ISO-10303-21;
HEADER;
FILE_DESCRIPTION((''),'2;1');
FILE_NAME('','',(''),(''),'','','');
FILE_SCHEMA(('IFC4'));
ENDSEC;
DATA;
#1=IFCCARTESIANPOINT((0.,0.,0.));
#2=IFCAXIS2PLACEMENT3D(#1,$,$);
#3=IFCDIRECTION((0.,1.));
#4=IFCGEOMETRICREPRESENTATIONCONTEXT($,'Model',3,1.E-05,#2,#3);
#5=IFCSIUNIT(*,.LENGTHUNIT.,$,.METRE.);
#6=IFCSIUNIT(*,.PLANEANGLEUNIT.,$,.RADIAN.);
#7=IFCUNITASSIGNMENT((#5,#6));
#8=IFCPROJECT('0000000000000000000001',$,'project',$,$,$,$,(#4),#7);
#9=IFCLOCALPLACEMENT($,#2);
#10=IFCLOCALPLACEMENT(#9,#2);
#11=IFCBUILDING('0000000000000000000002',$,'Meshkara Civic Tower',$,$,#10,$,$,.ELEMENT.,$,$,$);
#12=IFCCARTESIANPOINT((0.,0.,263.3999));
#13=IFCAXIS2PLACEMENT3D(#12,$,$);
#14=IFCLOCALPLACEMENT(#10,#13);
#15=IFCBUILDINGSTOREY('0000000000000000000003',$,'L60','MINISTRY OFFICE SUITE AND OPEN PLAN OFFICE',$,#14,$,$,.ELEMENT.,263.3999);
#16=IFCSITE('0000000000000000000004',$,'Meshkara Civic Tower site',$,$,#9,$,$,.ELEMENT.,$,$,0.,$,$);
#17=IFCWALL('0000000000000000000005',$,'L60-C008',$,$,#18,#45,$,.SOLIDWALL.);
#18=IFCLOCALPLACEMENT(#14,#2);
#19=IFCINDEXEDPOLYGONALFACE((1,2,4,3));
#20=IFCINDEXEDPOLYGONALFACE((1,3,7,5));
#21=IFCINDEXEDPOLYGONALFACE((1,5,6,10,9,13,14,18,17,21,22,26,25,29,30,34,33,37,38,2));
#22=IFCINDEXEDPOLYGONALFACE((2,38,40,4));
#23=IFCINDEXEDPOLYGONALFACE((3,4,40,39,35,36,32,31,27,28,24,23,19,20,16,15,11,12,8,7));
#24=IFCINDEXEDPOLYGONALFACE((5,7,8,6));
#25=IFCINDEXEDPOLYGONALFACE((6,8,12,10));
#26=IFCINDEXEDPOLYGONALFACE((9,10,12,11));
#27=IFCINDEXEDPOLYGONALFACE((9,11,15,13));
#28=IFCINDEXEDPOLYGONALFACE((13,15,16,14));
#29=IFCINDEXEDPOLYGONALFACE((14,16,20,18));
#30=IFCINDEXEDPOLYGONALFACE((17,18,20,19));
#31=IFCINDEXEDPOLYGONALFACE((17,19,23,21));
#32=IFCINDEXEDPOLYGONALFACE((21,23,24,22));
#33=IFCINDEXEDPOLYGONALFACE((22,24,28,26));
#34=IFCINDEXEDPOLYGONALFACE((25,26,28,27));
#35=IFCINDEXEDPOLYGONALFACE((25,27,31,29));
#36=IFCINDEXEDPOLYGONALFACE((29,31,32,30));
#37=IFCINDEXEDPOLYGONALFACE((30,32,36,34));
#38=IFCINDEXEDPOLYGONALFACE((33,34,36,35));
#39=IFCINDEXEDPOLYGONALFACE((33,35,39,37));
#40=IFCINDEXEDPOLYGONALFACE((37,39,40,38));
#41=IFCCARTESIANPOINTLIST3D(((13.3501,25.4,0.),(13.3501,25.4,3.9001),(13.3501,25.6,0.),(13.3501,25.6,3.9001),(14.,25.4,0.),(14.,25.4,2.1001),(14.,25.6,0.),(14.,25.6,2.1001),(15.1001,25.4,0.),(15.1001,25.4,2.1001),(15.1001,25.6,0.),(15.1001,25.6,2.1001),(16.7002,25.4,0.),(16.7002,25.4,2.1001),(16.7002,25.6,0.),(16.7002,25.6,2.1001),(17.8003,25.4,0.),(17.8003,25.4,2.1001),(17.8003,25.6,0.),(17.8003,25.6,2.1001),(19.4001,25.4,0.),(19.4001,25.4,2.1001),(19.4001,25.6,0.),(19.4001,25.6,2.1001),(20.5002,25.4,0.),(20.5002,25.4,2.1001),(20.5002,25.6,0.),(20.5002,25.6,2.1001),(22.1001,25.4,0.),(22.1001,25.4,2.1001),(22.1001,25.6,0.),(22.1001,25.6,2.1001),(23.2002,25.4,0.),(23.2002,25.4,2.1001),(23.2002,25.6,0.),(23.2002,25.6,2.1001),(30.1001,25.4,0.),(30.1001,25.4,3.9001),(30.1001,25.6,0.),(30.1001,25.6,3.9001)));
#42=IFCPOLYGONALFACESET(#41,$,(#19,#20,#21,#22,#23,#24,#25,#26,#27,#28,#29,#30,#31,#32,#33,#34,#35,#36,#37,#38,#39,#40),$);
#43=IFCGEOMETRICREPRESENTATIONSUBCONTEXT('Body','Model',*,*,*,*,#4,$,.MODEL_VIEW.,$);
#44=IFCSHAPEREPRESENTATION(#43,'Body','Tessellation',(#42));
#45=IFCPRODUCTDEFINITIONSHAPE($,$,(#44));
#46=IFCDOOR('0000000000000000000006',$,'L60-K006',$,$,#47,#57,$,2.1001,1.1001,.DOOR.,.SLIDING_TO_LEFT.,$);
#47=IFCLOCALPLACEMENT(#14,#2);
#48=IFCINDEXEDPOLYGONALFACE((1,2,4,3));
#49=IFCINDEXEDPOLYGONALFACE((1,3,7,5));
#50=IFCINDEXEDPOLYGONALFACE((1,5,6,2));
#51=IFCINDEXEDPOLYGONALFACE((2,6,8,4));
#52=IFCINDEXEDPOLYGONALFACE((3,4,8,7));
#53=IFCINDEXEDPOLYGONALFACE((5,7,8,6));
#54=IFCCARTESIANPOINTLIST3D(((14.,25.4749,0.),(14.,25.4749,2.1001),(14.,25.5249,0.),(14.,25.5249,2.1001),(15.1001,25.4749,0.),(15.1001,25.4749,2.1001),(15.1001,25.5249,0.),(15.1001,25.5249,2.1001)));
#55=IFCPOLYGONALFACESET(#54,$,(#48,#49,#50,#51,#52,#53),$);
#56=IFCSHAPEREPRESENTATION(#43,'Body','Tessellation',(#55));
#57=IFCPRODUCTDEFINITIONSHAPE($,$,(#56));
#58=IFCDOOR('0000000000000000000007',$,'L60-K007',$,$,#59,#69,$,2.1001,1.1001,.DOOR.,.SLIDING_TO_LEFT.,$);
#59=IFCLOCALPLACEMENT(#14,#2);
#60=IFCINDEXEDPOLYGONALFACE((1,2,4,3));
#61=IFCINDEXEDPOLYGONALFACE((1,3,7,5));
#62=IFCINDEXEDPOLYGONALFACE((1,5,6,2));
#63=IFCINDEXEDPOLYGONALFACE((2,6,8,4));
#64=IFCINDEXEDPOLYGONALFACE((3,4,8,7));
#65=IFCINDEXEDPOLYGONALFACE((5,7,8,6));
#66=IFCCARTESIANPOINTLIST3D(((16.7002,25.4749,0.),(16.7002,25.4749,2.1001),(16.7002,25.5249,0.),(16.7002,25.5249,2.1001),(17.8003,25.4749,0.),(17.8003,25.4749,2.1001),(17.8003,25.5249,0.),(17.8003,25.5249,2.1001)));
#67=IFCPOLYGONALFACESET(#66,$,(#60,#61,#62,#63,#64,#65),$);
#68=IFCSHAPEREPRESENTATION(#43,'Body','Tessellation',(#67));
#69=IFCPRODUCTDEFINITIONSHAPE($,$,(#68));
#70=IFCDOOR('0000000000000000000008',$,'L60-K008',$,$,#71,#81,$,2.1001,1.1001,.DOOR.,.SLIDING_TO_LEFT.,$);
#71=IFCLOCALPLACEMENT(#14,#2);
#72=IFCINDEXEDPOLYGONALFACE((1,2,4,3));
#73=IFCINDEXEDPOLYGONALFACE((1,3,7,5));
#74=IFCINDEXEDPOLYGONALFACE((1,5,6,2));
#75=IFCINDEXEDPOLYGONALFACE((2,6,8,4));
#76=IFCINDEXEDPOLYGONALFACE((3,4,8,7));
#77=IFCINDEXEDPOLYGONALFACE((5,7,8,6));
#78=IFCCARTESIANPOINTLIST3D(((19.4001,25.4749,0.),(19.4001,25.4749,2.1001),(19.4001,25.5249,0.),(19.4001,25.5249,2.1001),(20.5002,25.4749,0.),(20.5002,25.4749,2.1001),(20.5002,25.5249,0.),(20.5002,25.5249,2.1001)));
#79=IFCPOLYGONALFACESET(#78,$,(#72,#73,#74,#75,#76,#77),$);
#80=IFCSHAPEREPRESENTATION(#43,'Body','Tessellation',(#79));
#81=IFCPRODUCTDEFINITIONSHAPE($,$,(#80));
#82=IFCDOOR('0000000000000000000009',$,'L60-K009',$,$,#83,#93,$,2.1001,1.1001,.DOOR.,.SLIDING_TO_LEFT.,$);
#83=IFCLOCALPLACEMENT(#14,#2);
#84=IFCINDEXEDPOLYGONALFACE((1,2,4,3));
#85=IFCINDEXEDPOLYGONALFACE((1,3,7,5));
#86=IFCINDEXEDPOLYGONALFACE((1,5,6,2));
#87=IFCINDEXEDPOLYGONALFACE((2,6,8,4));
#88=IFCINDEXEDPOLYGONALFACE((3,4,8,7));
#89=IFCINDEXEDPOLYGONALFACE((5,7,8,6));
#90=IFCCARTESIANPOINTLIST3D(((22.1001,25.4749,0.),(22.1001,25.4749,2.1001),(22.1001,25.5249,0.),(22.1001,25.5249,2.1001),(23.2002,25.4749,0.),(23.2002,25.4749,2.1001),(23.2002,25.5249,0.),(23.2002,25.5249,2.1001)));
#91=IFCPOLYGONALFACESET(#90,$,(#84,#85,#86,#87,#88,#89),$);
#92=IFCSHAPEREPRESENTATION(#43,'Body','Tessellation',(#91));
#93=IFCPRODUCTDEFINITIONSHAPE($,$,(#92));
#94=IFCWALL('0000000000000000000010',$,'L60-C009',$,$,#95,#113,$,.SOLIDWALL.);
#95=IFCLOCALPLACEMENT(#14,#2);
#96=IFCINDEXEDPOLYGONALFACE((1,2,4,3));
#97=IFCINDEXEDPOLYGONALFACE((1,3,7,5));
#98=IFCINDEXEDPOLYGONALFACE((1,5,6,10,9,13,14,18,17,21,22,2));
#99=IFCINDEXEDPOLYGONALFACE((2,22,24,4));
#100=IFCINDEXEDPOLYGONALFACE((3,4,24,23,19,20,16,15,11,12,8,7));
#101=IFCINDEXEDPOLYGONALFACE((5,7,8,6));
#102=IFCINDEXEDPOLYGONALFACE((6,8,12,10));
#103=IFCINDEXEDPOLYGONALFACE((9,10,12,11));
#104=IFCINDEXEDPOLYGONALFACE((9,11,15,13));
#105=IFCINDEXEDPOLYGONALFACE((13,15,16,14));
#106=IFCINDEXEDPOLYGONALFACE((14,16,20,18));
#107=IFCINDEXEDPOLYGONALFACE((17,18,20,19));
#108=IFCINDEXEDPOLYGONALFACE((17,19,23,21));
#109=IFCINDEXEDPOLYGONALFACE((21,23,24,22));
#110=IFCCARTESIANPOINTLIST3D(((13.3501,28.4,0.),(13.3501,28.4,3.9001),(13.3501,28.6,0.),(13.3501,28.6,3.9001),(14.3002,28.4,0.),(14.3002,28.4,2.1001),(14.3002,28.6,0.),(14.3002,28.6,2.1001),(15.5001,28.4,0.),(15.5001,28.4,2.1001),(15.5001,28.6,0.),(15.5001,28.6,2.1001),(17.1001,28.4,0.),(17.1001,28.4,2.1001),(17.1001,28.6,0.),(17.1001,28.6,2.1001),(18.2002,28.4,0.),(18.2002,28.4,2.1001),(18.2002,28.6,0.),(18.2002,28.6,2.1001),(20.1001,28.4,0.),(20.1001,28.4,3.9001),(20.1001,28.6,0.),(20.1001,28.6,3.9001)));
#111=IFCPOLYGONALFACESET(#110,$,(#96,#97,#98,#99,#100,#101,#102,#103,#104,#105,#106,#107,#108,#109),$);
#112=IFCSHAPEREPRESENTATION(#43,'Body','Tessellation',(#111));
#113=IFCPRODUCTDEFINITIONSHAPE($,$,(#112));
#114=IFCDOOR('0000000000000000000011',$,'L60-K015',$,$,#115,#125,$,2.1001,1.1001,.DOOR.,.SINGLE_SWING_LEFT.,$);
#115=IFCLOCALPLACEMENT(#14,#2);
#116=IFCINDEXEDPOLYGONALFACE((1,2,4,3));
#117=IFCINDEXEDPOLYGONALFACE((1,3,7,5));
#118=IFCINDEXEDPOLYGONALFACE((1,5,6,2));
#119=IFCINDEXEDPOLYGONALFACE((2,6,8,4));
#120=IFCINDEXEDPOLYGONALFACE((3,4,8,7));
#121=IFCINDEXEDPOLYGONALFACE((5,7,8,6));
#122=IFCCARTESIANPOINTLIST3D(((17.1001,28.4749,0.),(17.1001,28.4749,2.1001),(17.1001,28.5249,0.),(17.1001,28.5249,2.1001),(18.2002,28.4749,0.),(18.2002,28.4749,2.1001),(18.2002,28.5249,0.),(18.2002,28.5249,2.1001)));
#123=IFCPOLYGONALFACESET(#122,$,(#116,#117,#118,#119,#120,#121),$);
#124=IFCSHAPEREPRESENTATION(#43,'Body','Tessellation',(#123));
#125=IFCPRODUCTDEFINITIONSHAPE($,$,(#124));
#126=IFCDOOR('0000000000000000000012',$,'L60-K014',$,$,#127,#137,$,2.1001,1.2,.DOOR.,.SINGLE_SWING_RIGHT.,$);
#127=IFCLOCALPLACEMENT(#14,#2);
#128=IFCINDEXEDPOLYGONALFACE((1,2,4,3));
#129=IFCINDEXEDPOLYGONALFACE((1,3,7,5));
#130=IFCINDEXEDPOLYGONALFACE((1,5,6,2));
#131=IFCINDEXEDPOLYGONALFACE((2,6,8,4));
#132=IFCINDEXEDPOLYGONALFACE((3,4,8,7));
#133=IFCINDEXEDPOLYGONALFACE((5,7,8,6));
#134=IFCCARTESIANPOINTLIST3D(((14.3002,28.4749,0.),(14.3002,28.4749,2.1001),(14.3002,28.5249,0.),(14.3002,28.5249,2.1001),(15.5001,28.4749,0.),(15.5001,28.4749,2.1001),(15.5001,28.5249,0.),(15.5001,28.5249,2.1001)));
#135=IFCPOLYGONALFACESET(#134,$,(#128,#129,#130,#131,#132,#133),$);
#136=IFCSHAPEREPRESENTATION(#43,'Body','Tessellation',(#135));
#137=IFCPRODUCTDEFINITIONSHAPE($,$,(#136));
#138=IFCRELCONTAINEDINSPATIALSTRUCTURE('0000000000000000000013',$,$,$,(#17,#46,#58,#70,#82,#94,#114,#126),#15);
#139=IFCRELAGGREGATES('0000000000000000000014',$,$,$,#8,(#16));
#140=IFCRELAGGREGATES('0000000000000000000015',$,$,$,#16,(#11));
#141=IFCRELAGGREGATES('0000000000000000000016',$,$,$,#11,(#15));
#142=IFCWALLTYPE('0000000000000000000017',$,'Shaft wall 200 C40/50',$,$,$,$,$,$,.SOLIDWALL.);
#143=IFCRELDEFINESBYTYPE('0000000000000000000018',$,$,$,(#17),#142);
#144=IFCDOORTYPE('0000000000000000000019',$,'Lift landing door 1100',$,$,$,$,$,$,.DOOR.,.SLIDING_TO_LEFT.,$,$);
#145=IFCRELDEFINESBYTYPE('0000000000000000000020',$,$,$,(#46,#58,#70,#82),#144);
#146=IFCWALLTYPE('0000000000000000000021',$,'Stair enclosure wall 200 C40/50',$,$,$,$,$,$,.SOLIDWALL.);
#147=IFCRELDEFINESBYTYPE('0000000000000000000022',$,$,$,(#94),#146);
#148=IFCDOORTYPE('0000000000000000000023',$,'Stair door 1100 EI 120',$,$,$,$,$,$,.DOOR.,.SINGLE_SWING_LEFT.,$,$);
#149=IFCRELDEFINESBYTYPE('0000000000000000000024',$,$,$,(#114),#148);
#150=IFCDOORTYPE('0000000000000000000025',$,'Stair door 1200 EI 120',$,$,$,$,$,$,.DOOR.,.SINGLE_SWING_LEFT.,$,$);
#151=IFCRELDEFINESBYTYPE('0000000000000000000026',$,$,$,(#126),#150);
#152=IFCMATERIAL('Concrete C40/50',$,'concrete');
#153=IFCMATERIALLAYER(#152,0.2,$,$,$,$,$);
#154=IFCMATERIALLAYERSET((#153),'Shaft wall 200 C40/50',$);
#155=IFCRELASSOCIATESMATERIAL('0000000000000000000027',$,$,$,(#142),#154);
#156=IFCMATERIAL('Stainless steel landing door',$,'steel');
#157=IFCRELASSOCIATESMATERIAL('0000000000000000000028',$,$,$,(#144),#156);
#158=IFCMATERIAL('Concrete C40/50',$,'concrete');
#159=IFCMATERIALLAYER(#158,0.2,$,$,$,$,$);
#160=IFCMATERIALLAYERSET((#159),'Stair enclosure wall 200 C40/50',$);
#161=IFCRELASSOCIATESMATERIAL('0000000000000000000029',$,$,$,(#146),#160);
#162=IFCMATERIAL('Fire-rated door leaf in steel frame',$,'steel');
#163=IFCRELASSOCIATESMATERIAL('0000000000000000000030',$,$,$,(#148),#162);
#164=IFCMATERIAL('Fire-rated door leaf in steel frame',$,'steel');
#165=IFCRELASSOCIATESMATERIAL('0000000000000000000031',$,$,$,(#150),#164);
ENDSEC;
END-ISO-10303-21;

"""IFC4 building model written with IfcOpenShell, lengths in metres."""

from ifc_helpers import new_model, si_unit, direction, frame, frame_2d, origin, place, context, subcontext, project, spatial, rectangle, extrude, material, layer, layer_set, type_object, element, fill, save


model = new_model("IFC4")

# Units and contexts
model_context = context("Model", 3, precision=1e-05, world=origin(), true_north=direction((0.0, 1.0)))
body_context = subcontext(model_context, "Body", "Model", "MODEL_VIEW")
ifc_project = project(units=[si_unit("LENGTHUNIT", "METRE"), si_unit("PLANEANGLEUNIT", "RADIAN")], contexts=[model_context])

# Site, building, storey
site_placement = place(None, origin())
site = spatial("IfcSite", under=ifc_project, at=site_placement, Name="Meshkara Civic Tower site", CompositionType="ELEMENT", RefElevation=0.0)
building_placement = place(site_placement, origin())
building = spatial("IfcBuilding", under=site, at=building_placement, Name="Meshkara Civic Tower", CompositionType="ELEMENT")
storey_placement = place(building_placement, frame((0.0, 0.0, 263.3999)))
storey = spatial("IfcBuildingStorey", under=building, at=storey_placement, Name="L60", Description="MINISTRY OFFICE SUITE AND OPEN PLAN OFFICE", CompositionType="ELEMENT", Elevation=263.3999)

# Walls, openings, doors
ifc_material_1 = material(Name="Concrete C40/50", Category="concrete")
ifc_layer_1 = layer(ifc_material_1, 0.2)
ifc_layer_set_1 = layer_set([ifc_layer_1], Name="Shaft wall 200 C40/50")
wall_type_1 = type_object("IfcWallType", Name="Shaft wall 200 C40/50", PredefinedType="SOLIDWALL", material=ifc_layer_set_1)
wall_1_placement = place(storey_placement, frame((13.3501, 25.5, 0.0), z_axis=(0.0, 0.0, 1.0), x_axis=(1.0, 0.0, 0.0)))
wall_1 = element("IfcWall", 1, at=wall_1_placement, inside=storey, type_object=wall_type_1, Name="L60-C008", PredefinedType="SOLIDWALL", context=body_context, shape_type="SweptSolid", body=[
    extrude(rectangle(XDim=16.75, YDim=0.2, at=frame_2d((8.375, 0.0))), origin(), (0.0, 0.0, 1.0), 3.9001),
])
opening_1_placement = place(wall_1_placement, frame((0.6499, 0.0, 0.0)))
opening_1 = element("IfcOpeningElement", 2, at=opening_1_placement, cuts=wall_1, PredefinedType="OPENING", context=body_context, shape_type="SweptSolid", body=[
    extrude(rectangle(XDim=1.1001, YDim=2.1001, at=frame_2d((0.55, 1.05))), frame((0.0, 0.1099, 0.0), z_axis=(0.0, -1.0, 0.0), x_axis=(1.0, 0.0, 0.0)), (0.0, 0.0, 1.0), 0.22),
])
opening_2_placement = place(wall_1_placement, frame((3.3501, 0.0, 0.0)))
opening_2 = element("IfcOpeningElement", 3, at=opening_2_placement, cuts=wall_1, PredefinedType="OPENING", context=body_context, shape_type="SweptSolid", body=[
    extrude(rectangle(XDim=1.1001, YDim=2.1001, at=frame_2d((0.55, 1.05))), frame((0.0, 0.1099, 0.0), z_axis=(0.0, -1.0, 0.0), x_axis=(1.0, 0.0, 0.0)), (0.0, 0.0, 1.0), 0.22),
])
opening_3_placement = place(wall_1_placement, frame((6.05, 0.0, 0.0)))
opening_3 = element("IfcOpeningElement", 4, at=opening_3_placement, cuts=wall_1, PredefinedType="OPENING", context=body_context, shape_type="SweptSolid", body=[
    extrude(rectangle(XDim=1.1001, YDim=2.1001, at=frame_2d((0.55, 1.05))), frame((0.0, 0.1099, 0.0), z_axis=(0.0, -1.0, 0.0), x_axis=(1.0, 0.0, 0.0)), (0.0, 0.0, 1.0), 0.22),
])
opening_4_placement = place(wall_1_placement, frame((8.75, 0.0, 0.0)))
opening_4 = element("IfcOpeningElement", 5, at=opening_4_placement, cuts=wall_1, PredefinedType="OPENING", context=body_context, shape_type="SweptSolid", body=[
    extrude(rectangle(XDim=1.1001, YDim=2.1001, at=frame_2d((0.55, 1.05))), frame((0.0, 0.1099, 0.0), z_axis=(0.0, -1.0, 0.0), x_axis=(1.0, 0.0, 0.0)), (0.0, 0.0, 1.0), 0.22),
])
ifc_material_2 = material(Name="Stainless steel landing door", Category="steel")
door_type_1 = type_object("IfcDoorType", Name="Lift landing door 1100", OperationType="SLIDING_TO_LEFT", PredefinedType="DOOR", material=ifc_material_2)
door_1_placement = place(opening_1_placement, origin())
door_1 = element("IfcDoor", 6, at=door_1_placement, inside=storey, type_object=door_type_1, Name="L60-K006", OperationType="SLIDING_TO_LEFT", OverallHeight=2.1001, OverallWidth=1.1001, PredefinedType="DOOR", context=body_context, shape_type="SweptSolid", body=[
    extrude(rectangle(XDim=1.1001, YDim=2.1001, at=frame_2d((0.55, 1.05))), frame((0.0, 0.0249, 0.0), z_axis=(0.0, -1.0, 0.0), x_axis=(1.0, 0.0, 0.0)), (0.0, 0.0, 1.0), 0.05),
])
fill(opening_1, door_1)
door_2_placement = place(opening_2_placement, origin())
door_2 = element("IfcDoor", 7, at=door_2_placement, inside=storey, type_object=door_type_1, Name="L60-K007", OperationType="SLIDING_TO_LEFT", OverallHeight=2.1001, OverallWidth=1.1001, PredefinedType="DOOR", context=body_context, shape_type="SweptSolid", body=[
    extrude(rectangle(XDim=1.1001, YDim=2.1001, at=frame_2d((0.55, 1.05))), frame((0.0, 0.0249, 0.0), z_axis=(0.0, -1.0, 0.0), x_axis=(1.0, 0.0, 0.0)), (0.0, 0.0, 1.0), 0.05),
])
fill(opening_2, door_2)
door_3_placement = place(opening_3_placement, origin())
door_3 = element("IfcDoor", 8, at=door_3_placement, inside=storey, type_object=door_type_1, Name="L60-K008", OperationType="SLIDING_TO_LEFT", OverallHeight=2.1001, OverallWidth=1.1001, PredefinedType="DOOR", context=body_context, shape_type="SweptSolid", body=[
    extrude(rectangle(XDim=1.1001, YDim=2.1001, at=frame_2d((0.55, 1.05))), frame((0.0, 0.0249, 0.0), z_axis=(0.0, -1.0, 0.0), x_axis=(1.0, 0.0, 0.0)), (0.0, 0.0, 1.0), 0.05),
])
fill(opening_3, door_3)
door_4_placement = place(opening_4_placement, origin())
door_4 = element("IfcDoor", 9, at=door_4_placement, inside=storey, type_object=door_type_1, Name="L60-K009", OperationType="SLIDING_TO_LEFT", OverallHeight=2.1001, OverallWidth=1.1001, PredefinedType="DOOR", context=body_context, shape_type="SweptSolid", body=[
    extrude(rectangle(XDim=1.1001, YDim=2.1001, at=frame_2d((0.55, 1.05))), frame((0.0, 0.0249, 0.0), z_axis=(0.0, -1.0, 0.0), x_axis=(1.0, 0.0, 0.0)), (0.0, 0.0, 1.0), 0.05),
])
fill(opening_4, door_4)
ifc_material_3 = material(Name="Concrete C40/50", Category="concrete")
ifc_layer_2 = layer(ifc_material_3, 0.2)
ifc_layer_set_2 = layer_set([ifc_layer_2], Name="Stair enclosure wall 200 C40/50")
wall_type_2 = type_object("IfcWallType", Name="Stair enclosure wall 200 C40/50", PredefinedType="SOLIDWALL", material=ifc_layer_set_2)
wall_2_placement = place(storey_placement, frame((13.3501, 28.5, 0.0), z_axis=(0.0, 0.0, 1.0), x_axis=(1.0, 0.0, 0.0)))
wall_2 = element("IfcWall", 10, at=wall_2_placement, inside=storey, type_object=wall_type_2, Name="L60-C009", PredefinedType="SOLIDWALL", context=body_context, shape_type="SweptSolid", body=[
    extrude(rectangle(XDim=6.75, YDim=0.2, at=frame_2d((3.375, 0.0))), origin(), (0.0, 0.0, 1.0), 3.9001),
])
opening_5_placement = place(wall_2_placement, frame((0.95, 0.0, 0.0)))
opening_5 = element("IfcOpeningElement", 11, at=opening_5_placement, cuts=wall_2, PredefinedType="OPENING", context=body_context, shape_type="SweptSolid", body=[
    extrude(rectangle(XDim=1.2, YDim=2.1001, at=frame_2d((0.6001, 1.05))), frame((0.0, 0.1099, 0.0), z_axis=(0.0, -1.0, 0.0), x_axis=(1.0, 0.0, 0.0)), (0.0, 0.0, 1.0), 0.22),
])
opening_6_placement = place(wall_2_placement, frame((3.75, 0.0, 0.0)))
opening_6 = element("IfcOpeningElement", 12, at=opening_6_placement, cuts=wall_2, PredefinedType="OPENING", context=body_context, shape_type="SweptSolid", body=[
    extrude(rectangle(XDim=1.1001, YDim=2.1001, at=frame_2d((0.55, 1.05))), frame((0.0, 0.1099, 0.0), z_axis=(0.0, -1.0, 0.0), x_axis=(1.0, 0.0, 0.0)), (0.0, 0.0, 1.0), 0.22),
])
ifc_material_4 = material(Name="Fire-rated door leaf in steel frame", Category="steel")
door_type_2 = type_object("IfcDoorType", Name="Stair door 1100 EI 120", OperationType="SINGLE_SWING_LEFT", PredefinedType="DOOR", material=ifc_material_4)
door_5_placement = place(opening_6_placement, origin())
door_5 = element("IfcDoor", 13, at=door_5_placement, inside=storey, type_object=door_type_2, Name="L60-K015", OperationType="SINGLE_SWING_LEFT", OverallHeight=2.1001, OverallWidth=1.1001, PredefinedType="DOOR", context=body_context, shape_type="SweptSolid", body=[
    extrude(rectangle(XDim=1.1001, YDim=2.1001, at=frame_2d((0.55, 1.05))), frame((0.0, 0.0249, 0.0), z_axis=(0.0, -1.0, 0.0), x_axis=(1.0, 0.0, 0.0)), (0.0, 0.0, 1.0), 0.05),
])
fill(opening_6, door_5)
ifc_material_5 = material(Name="Fire-rated door leaf in steel frame", Category="steel")
door_type_3 = type_object("IfcDoorType", Name="Stair door 1200 EI 120", OperationType="SINGLE_SWING_LEFT", PredefinedType="DOOR", material=ifc_material_5)
door_6_placement = place(opening_5_placement, origin())
door_6 = element("IfcDoor", 14, at=door_6_placement, inside=storey, type_object=door_type_3, Name="L60-K014", OperationType="SINGLE_SWING_RIGHT", OverallHeight=2.1001, OverallWidth=1.2, PredefinedType="DOOR", context=body_context, shape_type="SweptSolid", body=[
    extrude(rectangle(XDim=1.2, YDim=2.1001, at=frame_2d((0.6001, 1.05))), frame((0.0, 0.0249, 0.0), z_axis=(0.0, -1.0, 0.0), x_axis=(1.0, 0.0, 0.0)), (0.0, 0.0, 1.0), 0.05),
])
fill(opening_5, door_6)

save(model, "model.ifc")
